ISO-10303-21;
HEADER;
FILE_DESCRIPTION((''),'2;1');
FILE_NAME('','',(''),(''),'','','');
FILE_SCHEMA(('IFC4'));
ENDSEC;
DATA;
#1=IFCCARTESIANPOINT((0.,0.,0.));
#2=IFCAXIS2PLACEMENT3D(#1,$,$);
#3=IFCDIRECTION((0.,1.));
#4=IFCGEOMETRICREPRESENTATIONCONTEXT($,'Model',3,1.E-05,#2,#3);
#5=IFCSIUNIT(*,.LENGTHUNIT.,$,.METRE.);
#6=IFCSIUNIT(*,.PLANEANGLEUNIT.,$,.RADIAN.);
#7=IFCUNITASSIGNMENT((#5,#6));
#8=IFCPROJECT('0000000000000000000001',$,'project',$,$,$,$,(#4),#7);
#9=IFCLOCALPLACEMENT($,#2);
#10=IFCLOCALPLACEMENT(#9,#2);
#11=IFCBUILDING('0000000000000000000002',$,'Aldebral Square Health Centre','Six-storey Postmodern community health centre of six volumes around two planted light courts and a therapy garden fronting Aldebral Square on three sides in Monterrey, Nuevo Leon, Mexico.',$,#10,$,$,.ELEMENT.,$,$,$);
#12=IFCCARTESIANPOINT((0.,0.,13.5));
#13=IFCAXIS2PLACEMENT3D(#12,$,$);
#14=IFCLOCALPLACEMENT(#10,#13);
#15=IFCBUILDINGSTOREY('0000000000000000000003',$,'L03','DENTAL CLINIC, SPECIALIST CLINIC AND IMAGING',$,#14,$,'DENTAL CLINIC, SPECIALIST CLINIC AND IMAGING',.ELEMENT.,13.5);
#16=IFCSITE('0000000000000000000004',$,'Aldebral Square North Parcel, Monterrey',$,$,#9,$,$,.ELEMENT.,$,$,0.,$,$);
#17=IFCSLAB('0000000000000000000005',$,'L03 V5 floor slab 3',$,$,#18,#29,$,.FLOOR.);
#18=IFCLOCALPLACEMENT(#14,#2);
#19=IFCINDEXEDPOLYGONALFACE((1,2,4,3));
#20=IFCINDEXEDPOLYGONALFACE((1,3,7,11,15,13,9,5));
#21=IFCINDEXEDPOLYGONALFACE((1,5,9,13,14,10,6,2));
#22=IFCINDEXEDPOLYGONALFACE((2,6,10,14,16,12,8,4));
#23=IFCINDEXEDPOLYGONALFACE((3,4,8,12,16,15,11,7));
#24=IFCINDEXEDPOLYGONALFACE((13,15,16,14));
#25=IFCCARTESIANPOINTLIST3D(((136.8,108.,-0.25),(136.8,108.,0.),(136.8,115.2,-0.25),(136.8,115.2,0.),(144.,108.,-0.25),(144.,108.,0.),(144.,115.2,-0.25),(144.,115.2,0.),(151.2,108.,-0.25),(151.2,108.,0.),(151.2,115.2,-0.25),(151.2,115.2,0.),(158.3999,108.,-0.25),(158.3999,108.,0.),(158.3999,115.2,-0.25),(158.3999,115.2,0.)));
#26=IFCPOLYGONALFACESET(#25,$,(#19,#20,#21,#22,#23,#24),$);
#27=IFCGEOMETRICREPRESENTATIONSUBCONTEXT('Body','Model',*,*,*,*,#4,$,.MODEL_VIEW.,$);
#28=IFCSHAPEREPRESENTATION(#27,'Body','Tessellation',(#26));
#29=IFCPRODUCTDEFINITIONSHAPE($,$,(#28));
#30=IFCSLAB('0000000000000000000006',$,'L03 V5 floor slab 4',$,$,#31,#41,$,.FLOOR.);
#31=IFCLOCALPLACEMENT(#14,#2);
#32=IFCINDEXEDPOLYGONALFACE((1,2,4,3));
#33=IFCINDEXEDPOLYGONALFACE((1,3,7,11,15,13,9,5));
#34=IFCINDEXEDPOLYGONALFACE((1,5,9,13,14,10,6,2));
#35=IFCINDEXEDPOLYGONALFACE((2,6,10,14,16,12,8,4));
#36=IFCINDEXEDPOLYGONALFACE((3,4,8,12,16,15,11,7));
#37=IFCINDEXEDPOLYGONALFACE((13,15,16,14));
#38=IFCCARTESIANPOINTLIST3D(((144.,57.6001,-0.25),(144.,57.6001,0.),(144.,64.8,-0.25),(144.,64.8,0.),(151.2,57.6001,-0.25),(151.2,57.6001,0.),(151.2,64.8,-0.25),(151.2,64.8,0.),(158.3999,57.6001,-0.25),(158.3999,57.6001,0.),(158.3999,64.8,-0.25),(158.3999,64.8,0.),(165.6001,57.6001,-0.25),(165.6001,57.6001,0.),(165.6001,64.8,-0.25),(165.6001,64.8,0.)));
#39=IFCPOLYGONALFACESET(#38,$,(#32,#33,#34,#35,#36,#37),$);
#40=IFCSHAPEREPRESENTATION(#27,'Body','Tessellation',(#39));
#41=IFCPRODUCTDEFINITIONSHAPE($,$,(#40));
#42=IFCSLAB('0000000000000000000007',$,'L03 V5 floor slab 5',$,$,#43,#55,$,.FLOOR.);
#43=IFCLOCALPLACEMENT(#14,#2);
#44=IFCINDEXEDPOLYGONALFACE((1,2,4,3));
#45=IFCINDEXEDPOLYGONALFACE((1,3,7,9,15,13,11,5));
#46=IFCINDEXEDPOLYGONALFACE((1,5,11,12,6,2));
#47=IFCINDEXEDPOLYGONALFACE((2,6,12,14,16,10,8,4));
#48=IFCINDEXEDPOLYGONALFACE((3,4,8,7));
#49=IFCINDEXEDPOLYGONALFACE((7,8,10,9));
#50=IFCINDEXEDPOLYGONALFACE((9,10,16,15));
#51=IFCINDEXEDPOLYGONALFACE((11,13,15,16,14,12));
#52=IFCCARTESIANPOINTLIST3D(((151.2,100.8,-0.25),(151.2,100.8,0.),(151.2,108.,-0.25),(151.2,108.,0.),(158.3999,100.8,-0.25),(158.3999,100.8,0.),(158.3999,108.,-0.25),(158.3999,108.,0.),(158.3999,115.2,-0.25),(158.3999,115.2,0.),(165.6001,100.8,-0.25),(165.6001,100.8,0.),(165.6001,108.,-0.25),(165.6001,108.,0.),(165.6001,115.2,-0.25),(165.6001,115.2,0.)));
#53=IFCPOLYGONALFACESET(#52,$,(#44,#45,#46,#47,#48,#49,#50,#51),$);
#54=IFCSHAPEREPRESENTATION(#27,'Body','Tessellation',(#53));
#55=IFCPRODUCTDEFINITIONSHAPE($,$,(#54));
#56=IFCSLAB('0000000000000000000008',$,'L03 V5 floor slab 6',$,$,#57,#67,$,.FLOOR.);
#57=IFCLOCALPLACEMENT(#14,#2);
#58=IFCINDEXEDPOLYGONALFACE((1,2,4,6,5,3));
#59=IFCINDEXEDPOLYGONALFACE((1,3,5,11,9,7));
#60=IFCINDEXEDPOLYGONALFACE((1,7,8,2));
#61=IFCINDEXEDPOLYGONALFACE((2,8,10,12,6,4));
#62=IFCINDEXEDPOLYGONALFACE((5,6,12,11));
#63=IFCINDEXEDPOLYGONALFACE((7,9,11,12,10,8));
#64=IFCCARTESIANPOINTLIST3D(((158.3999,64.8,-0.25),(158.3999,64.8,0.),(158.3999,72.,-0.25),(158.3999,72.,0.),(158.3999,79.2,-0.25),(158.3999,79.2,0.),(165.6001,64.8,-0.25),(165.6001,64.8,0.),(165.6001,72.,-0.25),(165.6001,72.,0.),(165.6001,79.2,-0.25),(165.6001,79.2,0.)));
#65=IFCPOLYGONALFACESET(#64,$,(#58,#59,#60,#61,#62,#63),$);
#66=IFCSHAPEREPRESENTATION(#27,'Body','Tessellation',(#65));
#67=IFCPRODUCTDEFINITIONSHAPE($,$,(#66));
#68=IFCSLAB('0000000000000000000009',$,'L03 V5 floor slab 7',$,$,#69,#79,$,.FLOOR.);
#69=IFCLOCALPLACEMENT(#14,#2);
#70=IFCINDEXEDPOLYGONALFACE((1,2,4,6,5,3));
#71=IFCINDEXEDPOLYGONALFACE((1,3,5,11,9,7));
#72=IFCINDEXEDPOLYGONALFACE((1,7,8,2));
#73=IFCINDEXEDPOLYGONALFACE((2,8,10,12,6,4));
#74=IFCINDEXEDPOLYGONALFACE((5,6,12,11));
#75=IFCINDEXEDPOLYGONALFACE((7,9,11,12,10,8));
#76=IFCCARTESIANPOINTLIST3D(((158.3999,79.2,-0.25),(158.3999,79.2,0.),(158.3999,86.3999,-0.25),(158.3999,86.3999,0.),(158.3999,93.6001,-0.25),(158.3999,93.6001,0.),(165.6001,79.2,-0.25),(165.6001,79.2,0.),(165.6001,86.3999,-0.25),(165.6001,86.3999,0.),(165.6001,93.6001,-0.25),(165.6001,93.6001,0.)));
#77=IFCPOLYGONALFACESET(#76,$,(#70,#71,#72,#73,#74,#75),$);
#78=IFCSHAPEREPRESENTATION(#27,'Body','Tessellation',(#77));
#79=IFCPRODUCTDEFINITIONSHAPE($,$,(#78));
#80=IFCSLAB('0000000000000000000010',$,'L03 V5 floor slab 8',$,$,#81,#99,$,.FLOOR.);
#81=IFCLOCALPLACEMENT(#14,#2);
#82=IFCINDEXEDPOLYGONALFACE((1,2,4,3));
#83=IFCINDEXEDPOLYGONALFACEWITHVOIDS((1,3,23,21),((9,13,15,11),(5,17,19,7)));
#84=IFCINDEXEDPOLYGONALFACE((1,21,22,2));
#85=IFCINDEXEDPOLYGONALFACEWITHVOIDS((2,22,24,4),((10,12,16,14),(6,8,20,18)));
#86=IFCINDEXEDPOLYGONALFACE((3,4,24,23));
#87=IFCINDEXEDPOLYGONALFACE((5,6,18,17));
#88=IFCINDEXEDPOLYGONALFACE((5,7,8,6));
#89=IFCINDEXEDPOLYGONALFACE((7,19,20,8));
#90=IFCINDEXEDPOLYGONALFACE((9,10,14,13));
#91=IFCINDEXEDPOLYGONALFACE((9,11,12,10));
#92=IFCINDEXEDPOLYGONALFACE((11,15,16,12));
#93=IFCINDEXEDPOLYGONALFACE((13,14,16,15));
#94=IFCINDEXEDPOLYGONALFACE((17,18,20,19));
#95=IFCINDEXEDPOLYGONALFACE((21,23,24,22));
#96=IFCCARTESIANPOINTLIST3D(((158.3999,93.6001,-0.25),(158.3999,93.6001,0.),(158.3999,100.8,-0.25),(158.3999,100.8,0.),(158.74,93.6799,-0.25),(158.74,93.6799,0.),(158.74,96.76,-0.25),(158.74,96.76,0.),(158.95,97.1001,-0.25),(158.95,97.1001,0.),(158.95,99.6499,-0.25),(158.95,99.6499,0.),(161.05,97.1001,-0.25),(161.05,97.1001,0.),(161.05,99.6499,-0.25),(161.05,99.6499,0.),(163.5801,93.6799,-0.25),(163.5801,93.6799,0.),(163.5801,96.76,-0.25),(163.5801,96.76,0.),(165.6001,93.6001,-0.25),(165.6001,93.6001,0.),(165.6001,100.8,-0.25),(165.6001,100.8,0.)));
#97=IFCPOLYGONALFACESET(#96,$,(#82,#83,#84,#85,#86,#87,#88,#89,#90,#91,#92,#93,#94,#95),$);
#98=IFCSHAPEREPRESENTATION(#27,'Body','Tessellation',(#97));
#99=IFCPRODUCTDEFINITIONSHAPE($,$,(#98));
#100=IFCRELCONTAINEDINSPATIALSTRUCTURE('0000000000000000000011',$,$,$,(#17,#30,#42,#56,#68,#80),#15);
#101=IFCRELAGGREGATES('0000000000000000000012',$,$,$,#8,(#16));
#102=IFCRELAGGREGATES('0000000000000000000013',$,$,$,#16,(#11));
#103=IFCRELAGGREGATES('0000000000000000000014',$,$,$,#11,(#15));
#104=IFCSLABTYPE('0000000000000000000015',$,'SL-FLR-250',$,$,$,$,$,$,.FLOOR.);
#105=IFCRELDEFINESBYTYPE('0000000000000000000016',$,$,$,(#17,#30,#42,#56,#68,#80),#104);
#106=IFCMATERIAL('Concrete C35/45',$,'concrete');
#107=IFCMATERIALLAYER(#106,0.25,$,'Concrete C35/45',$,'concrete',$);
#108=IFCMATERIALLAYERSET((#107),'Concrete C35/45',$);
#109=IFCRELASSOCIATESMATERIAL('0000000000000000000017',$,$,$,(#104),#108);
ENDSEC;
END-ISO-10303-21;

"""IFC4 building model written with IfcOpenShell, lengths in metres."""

from ifc_helpers import new_model, si_unit, direction, frame, origin, place, context, subcontext, project, spatial, polyline, outline, extrude, material, layer, layer_set, type_object, element, save


model = new_model("IFC4")

# Units and contexts
model_context = context("Model", 3, precision=1e-05, world=origin(), true_north=direction((0.0, 1.0)))
body_context = subcontext(model_context, "Body", "Model", "MODEL_VIEW")
ifc_project = project(units=[si_unit("LENGTHUNIT", "METRE"), si_unit("PLANEANGLEUNIT", "RADIAN")], contexts=[model_context])

# Site, building, storey
site_placement = place(None, origin())
site = spatial("IfcSite", under=ifc_project, at=site_placement, Name="Aldebral Square North Parcel, Monterrey", CompositionType="ELEMENT", RefElevation=0.0)
building_placement = place(site_placement, origin())
building = spatial("IfcBuilding", under=site, at=building_placement, Name="Aldebral Square Health Centre", Description="Six-storey Postmodern community health centre of six volumes around two planted light courts and a therapy garden fronting Aldebral Square on three sides in Monterrey, Nuevo Leon, Mexico.", CompositionType="ELEMENT")
storey_placement = place(building_placement, frame((0.0, 0.0, 13.5)))
storey = spatial("IfcBuildingStorey", under=building, at=storey_placement, Name="L03", Description="DENTAL CLINIC, SPECIALIST CLINIC AND IMAGING", LongName="DENTAL CLINIC, SPECIALIST CLINIC AND IMAGING", CompositionType="ELEMENT", Elevation=13.5)

# Slabs
ifc_material_1 = material(Name="Concrete C35/45", Category="concrete")
ifc_layer_1 = layer(ifc_material_1, 0.25, Name="Concrete C35/45", Category="concrete")
ifc_layer_set_1 = layer_set([ifc_layer_1], Name="Concrete C35/45")
slab_type_1 = type_object("IfcSlabType", Name="SL-FLR-250", PredefinedType="FLOOR", material=ifc_layer_set_1)
slab_1_placement = place(storey_placement, frame((0.0, 0.0, -0.25)))
element("IfcSlab", 1, at=slab_1_placement, inside=storey, type_object=slab_type_1, Name="L03 V5 floor slab 3", PredefinedType="FLOOR", context=body_context, shape_type="SweptSolid", body=[
    extrude(outline(polyline([(136.8, 115.2), (144.0, 115.2), (151.2, 115.2), (158.3999, 115.2), (158.3999, 108.0), (151.2, 108.0), (144.0, 108.0), (136.8, 108.0), (136.8, 115.2)])), origin(), (0.0, 0.0, 1.0), 0.25),
])
slab_2_placement = place(storey_placement, frame((0.0, 0.0, -0.25)))
element("IfcSlab", 2, at=slab_2_placement, inside=storey, type_object=slab_type_1, Name="L03 V5 floor slab 4", PredefinedType="FLOOR", context=body_context, shape_type="SweptSolid", body=[
    extrude(outline(polyline([(144.0, 64.8), (151.2, 64.8), (158.3999, 64.8), (165.6001, 64.8), (165.6001, 57.6001), (158.3999, 57.6001), (151.2, 57.6001), (144.0, 57.6001), (144.0, 64.8)])), origin(), (0.0, 0.0, 1.0), 0.25),
])
slab_3_placement = place(storey_placement, frame((0.0, 0.0, -0.25)))
element("IfcSlab", 3, at=slab_3_placement, inside=storey, type_object=slab_type_1, Name="L03 V5 floor slab 5", PredefinedType="FLOOR", context=body_context, shape_type="SweptSolid", body=[
    extrude(outline(polyline([(151.2, 108.0), (158.3999, 108.0), (158.3999, 115.2), (165.6001, 115.2), (165.6001, 108.0), (165.6001, 100.8), (158.3999, 100.8), (151.2, 100.8), (151.2, 108.0)])), origin(), (0.0, 0.0, 1.0), 0.25),
])
slab_4_placement = place(storey_placement, frame((0.0, 0.0, -0.25)))
element("IfcSlab", 4, at=slab_4_placement, inside=storey, type_object=slab_type_1, Name="L03 V5 floor slab 6", PredefinedType="FLOOR", context=body_context, shape_type="SweptSolid", body=[
    extrude(outline(polyline([(158.3999, 64.8), (158.3999, 72.0), (158.3999, 79.2), (165.6001, 79.2), (165.6001, 72.0), (165.6001, 64.8), (158.3999, 64.8)])), origin(), (0.0, 0.0, 1.0), 0.25),
])
slab_5_placement = place(storey_placement, frame((0.0, 0.0, -0.25)))
element("IfcSlab", 5, at=slab_5_placement, inside=storey, type_object=slab_type_1, Name="L03 V5 floor slab 7", PredefinedType="FLOOR", context=body_context, shape_type="SweptSolid", body=[
    extrude(outline(polyline([(158.3999, 79.2), (158.3999, 86.3999), (158.3999, 93.6001), (165.6001, 93.6001), (165.6001, 86.3999), (165.6001, 79.2), (158.3999, 79.2)])), origin(), (0.0, 0.0, 1.0), 0.25),
])
slab_6_placement = place(storey_placement, frame((0.0, 0.0, -0.25)))
element("IfcSlab", 6, at=slab_6_placement, inside=storey, type_object=slab_type_1, Name="L03 V5 floor slab 8", PredefinedType="FLOOR", context=body_context, shape_type="SweptSolid", body=[
    extrude(outline(polyline([(158.3999, 93.6001), (158.3999, 100.8), (165.6001, 100.8), (165.6001, 93.6001), (158.3999, 93.6001)]), holes=[polyline([(163.5801, 96.76), (158.74, 96.76), (158.74, 93.6799), (163.5801, 93.6799), (163.5801, 96.76)]), polyline([(161.05, 99.6499), (158.95, 99.6499), (158.95, 97.1001), (161.05, 97.1001), (161.05, 99.6499)])]), origin(), (0.0, 0.0, 1.0), 0.25),
])

save(model, "model.ifc")
